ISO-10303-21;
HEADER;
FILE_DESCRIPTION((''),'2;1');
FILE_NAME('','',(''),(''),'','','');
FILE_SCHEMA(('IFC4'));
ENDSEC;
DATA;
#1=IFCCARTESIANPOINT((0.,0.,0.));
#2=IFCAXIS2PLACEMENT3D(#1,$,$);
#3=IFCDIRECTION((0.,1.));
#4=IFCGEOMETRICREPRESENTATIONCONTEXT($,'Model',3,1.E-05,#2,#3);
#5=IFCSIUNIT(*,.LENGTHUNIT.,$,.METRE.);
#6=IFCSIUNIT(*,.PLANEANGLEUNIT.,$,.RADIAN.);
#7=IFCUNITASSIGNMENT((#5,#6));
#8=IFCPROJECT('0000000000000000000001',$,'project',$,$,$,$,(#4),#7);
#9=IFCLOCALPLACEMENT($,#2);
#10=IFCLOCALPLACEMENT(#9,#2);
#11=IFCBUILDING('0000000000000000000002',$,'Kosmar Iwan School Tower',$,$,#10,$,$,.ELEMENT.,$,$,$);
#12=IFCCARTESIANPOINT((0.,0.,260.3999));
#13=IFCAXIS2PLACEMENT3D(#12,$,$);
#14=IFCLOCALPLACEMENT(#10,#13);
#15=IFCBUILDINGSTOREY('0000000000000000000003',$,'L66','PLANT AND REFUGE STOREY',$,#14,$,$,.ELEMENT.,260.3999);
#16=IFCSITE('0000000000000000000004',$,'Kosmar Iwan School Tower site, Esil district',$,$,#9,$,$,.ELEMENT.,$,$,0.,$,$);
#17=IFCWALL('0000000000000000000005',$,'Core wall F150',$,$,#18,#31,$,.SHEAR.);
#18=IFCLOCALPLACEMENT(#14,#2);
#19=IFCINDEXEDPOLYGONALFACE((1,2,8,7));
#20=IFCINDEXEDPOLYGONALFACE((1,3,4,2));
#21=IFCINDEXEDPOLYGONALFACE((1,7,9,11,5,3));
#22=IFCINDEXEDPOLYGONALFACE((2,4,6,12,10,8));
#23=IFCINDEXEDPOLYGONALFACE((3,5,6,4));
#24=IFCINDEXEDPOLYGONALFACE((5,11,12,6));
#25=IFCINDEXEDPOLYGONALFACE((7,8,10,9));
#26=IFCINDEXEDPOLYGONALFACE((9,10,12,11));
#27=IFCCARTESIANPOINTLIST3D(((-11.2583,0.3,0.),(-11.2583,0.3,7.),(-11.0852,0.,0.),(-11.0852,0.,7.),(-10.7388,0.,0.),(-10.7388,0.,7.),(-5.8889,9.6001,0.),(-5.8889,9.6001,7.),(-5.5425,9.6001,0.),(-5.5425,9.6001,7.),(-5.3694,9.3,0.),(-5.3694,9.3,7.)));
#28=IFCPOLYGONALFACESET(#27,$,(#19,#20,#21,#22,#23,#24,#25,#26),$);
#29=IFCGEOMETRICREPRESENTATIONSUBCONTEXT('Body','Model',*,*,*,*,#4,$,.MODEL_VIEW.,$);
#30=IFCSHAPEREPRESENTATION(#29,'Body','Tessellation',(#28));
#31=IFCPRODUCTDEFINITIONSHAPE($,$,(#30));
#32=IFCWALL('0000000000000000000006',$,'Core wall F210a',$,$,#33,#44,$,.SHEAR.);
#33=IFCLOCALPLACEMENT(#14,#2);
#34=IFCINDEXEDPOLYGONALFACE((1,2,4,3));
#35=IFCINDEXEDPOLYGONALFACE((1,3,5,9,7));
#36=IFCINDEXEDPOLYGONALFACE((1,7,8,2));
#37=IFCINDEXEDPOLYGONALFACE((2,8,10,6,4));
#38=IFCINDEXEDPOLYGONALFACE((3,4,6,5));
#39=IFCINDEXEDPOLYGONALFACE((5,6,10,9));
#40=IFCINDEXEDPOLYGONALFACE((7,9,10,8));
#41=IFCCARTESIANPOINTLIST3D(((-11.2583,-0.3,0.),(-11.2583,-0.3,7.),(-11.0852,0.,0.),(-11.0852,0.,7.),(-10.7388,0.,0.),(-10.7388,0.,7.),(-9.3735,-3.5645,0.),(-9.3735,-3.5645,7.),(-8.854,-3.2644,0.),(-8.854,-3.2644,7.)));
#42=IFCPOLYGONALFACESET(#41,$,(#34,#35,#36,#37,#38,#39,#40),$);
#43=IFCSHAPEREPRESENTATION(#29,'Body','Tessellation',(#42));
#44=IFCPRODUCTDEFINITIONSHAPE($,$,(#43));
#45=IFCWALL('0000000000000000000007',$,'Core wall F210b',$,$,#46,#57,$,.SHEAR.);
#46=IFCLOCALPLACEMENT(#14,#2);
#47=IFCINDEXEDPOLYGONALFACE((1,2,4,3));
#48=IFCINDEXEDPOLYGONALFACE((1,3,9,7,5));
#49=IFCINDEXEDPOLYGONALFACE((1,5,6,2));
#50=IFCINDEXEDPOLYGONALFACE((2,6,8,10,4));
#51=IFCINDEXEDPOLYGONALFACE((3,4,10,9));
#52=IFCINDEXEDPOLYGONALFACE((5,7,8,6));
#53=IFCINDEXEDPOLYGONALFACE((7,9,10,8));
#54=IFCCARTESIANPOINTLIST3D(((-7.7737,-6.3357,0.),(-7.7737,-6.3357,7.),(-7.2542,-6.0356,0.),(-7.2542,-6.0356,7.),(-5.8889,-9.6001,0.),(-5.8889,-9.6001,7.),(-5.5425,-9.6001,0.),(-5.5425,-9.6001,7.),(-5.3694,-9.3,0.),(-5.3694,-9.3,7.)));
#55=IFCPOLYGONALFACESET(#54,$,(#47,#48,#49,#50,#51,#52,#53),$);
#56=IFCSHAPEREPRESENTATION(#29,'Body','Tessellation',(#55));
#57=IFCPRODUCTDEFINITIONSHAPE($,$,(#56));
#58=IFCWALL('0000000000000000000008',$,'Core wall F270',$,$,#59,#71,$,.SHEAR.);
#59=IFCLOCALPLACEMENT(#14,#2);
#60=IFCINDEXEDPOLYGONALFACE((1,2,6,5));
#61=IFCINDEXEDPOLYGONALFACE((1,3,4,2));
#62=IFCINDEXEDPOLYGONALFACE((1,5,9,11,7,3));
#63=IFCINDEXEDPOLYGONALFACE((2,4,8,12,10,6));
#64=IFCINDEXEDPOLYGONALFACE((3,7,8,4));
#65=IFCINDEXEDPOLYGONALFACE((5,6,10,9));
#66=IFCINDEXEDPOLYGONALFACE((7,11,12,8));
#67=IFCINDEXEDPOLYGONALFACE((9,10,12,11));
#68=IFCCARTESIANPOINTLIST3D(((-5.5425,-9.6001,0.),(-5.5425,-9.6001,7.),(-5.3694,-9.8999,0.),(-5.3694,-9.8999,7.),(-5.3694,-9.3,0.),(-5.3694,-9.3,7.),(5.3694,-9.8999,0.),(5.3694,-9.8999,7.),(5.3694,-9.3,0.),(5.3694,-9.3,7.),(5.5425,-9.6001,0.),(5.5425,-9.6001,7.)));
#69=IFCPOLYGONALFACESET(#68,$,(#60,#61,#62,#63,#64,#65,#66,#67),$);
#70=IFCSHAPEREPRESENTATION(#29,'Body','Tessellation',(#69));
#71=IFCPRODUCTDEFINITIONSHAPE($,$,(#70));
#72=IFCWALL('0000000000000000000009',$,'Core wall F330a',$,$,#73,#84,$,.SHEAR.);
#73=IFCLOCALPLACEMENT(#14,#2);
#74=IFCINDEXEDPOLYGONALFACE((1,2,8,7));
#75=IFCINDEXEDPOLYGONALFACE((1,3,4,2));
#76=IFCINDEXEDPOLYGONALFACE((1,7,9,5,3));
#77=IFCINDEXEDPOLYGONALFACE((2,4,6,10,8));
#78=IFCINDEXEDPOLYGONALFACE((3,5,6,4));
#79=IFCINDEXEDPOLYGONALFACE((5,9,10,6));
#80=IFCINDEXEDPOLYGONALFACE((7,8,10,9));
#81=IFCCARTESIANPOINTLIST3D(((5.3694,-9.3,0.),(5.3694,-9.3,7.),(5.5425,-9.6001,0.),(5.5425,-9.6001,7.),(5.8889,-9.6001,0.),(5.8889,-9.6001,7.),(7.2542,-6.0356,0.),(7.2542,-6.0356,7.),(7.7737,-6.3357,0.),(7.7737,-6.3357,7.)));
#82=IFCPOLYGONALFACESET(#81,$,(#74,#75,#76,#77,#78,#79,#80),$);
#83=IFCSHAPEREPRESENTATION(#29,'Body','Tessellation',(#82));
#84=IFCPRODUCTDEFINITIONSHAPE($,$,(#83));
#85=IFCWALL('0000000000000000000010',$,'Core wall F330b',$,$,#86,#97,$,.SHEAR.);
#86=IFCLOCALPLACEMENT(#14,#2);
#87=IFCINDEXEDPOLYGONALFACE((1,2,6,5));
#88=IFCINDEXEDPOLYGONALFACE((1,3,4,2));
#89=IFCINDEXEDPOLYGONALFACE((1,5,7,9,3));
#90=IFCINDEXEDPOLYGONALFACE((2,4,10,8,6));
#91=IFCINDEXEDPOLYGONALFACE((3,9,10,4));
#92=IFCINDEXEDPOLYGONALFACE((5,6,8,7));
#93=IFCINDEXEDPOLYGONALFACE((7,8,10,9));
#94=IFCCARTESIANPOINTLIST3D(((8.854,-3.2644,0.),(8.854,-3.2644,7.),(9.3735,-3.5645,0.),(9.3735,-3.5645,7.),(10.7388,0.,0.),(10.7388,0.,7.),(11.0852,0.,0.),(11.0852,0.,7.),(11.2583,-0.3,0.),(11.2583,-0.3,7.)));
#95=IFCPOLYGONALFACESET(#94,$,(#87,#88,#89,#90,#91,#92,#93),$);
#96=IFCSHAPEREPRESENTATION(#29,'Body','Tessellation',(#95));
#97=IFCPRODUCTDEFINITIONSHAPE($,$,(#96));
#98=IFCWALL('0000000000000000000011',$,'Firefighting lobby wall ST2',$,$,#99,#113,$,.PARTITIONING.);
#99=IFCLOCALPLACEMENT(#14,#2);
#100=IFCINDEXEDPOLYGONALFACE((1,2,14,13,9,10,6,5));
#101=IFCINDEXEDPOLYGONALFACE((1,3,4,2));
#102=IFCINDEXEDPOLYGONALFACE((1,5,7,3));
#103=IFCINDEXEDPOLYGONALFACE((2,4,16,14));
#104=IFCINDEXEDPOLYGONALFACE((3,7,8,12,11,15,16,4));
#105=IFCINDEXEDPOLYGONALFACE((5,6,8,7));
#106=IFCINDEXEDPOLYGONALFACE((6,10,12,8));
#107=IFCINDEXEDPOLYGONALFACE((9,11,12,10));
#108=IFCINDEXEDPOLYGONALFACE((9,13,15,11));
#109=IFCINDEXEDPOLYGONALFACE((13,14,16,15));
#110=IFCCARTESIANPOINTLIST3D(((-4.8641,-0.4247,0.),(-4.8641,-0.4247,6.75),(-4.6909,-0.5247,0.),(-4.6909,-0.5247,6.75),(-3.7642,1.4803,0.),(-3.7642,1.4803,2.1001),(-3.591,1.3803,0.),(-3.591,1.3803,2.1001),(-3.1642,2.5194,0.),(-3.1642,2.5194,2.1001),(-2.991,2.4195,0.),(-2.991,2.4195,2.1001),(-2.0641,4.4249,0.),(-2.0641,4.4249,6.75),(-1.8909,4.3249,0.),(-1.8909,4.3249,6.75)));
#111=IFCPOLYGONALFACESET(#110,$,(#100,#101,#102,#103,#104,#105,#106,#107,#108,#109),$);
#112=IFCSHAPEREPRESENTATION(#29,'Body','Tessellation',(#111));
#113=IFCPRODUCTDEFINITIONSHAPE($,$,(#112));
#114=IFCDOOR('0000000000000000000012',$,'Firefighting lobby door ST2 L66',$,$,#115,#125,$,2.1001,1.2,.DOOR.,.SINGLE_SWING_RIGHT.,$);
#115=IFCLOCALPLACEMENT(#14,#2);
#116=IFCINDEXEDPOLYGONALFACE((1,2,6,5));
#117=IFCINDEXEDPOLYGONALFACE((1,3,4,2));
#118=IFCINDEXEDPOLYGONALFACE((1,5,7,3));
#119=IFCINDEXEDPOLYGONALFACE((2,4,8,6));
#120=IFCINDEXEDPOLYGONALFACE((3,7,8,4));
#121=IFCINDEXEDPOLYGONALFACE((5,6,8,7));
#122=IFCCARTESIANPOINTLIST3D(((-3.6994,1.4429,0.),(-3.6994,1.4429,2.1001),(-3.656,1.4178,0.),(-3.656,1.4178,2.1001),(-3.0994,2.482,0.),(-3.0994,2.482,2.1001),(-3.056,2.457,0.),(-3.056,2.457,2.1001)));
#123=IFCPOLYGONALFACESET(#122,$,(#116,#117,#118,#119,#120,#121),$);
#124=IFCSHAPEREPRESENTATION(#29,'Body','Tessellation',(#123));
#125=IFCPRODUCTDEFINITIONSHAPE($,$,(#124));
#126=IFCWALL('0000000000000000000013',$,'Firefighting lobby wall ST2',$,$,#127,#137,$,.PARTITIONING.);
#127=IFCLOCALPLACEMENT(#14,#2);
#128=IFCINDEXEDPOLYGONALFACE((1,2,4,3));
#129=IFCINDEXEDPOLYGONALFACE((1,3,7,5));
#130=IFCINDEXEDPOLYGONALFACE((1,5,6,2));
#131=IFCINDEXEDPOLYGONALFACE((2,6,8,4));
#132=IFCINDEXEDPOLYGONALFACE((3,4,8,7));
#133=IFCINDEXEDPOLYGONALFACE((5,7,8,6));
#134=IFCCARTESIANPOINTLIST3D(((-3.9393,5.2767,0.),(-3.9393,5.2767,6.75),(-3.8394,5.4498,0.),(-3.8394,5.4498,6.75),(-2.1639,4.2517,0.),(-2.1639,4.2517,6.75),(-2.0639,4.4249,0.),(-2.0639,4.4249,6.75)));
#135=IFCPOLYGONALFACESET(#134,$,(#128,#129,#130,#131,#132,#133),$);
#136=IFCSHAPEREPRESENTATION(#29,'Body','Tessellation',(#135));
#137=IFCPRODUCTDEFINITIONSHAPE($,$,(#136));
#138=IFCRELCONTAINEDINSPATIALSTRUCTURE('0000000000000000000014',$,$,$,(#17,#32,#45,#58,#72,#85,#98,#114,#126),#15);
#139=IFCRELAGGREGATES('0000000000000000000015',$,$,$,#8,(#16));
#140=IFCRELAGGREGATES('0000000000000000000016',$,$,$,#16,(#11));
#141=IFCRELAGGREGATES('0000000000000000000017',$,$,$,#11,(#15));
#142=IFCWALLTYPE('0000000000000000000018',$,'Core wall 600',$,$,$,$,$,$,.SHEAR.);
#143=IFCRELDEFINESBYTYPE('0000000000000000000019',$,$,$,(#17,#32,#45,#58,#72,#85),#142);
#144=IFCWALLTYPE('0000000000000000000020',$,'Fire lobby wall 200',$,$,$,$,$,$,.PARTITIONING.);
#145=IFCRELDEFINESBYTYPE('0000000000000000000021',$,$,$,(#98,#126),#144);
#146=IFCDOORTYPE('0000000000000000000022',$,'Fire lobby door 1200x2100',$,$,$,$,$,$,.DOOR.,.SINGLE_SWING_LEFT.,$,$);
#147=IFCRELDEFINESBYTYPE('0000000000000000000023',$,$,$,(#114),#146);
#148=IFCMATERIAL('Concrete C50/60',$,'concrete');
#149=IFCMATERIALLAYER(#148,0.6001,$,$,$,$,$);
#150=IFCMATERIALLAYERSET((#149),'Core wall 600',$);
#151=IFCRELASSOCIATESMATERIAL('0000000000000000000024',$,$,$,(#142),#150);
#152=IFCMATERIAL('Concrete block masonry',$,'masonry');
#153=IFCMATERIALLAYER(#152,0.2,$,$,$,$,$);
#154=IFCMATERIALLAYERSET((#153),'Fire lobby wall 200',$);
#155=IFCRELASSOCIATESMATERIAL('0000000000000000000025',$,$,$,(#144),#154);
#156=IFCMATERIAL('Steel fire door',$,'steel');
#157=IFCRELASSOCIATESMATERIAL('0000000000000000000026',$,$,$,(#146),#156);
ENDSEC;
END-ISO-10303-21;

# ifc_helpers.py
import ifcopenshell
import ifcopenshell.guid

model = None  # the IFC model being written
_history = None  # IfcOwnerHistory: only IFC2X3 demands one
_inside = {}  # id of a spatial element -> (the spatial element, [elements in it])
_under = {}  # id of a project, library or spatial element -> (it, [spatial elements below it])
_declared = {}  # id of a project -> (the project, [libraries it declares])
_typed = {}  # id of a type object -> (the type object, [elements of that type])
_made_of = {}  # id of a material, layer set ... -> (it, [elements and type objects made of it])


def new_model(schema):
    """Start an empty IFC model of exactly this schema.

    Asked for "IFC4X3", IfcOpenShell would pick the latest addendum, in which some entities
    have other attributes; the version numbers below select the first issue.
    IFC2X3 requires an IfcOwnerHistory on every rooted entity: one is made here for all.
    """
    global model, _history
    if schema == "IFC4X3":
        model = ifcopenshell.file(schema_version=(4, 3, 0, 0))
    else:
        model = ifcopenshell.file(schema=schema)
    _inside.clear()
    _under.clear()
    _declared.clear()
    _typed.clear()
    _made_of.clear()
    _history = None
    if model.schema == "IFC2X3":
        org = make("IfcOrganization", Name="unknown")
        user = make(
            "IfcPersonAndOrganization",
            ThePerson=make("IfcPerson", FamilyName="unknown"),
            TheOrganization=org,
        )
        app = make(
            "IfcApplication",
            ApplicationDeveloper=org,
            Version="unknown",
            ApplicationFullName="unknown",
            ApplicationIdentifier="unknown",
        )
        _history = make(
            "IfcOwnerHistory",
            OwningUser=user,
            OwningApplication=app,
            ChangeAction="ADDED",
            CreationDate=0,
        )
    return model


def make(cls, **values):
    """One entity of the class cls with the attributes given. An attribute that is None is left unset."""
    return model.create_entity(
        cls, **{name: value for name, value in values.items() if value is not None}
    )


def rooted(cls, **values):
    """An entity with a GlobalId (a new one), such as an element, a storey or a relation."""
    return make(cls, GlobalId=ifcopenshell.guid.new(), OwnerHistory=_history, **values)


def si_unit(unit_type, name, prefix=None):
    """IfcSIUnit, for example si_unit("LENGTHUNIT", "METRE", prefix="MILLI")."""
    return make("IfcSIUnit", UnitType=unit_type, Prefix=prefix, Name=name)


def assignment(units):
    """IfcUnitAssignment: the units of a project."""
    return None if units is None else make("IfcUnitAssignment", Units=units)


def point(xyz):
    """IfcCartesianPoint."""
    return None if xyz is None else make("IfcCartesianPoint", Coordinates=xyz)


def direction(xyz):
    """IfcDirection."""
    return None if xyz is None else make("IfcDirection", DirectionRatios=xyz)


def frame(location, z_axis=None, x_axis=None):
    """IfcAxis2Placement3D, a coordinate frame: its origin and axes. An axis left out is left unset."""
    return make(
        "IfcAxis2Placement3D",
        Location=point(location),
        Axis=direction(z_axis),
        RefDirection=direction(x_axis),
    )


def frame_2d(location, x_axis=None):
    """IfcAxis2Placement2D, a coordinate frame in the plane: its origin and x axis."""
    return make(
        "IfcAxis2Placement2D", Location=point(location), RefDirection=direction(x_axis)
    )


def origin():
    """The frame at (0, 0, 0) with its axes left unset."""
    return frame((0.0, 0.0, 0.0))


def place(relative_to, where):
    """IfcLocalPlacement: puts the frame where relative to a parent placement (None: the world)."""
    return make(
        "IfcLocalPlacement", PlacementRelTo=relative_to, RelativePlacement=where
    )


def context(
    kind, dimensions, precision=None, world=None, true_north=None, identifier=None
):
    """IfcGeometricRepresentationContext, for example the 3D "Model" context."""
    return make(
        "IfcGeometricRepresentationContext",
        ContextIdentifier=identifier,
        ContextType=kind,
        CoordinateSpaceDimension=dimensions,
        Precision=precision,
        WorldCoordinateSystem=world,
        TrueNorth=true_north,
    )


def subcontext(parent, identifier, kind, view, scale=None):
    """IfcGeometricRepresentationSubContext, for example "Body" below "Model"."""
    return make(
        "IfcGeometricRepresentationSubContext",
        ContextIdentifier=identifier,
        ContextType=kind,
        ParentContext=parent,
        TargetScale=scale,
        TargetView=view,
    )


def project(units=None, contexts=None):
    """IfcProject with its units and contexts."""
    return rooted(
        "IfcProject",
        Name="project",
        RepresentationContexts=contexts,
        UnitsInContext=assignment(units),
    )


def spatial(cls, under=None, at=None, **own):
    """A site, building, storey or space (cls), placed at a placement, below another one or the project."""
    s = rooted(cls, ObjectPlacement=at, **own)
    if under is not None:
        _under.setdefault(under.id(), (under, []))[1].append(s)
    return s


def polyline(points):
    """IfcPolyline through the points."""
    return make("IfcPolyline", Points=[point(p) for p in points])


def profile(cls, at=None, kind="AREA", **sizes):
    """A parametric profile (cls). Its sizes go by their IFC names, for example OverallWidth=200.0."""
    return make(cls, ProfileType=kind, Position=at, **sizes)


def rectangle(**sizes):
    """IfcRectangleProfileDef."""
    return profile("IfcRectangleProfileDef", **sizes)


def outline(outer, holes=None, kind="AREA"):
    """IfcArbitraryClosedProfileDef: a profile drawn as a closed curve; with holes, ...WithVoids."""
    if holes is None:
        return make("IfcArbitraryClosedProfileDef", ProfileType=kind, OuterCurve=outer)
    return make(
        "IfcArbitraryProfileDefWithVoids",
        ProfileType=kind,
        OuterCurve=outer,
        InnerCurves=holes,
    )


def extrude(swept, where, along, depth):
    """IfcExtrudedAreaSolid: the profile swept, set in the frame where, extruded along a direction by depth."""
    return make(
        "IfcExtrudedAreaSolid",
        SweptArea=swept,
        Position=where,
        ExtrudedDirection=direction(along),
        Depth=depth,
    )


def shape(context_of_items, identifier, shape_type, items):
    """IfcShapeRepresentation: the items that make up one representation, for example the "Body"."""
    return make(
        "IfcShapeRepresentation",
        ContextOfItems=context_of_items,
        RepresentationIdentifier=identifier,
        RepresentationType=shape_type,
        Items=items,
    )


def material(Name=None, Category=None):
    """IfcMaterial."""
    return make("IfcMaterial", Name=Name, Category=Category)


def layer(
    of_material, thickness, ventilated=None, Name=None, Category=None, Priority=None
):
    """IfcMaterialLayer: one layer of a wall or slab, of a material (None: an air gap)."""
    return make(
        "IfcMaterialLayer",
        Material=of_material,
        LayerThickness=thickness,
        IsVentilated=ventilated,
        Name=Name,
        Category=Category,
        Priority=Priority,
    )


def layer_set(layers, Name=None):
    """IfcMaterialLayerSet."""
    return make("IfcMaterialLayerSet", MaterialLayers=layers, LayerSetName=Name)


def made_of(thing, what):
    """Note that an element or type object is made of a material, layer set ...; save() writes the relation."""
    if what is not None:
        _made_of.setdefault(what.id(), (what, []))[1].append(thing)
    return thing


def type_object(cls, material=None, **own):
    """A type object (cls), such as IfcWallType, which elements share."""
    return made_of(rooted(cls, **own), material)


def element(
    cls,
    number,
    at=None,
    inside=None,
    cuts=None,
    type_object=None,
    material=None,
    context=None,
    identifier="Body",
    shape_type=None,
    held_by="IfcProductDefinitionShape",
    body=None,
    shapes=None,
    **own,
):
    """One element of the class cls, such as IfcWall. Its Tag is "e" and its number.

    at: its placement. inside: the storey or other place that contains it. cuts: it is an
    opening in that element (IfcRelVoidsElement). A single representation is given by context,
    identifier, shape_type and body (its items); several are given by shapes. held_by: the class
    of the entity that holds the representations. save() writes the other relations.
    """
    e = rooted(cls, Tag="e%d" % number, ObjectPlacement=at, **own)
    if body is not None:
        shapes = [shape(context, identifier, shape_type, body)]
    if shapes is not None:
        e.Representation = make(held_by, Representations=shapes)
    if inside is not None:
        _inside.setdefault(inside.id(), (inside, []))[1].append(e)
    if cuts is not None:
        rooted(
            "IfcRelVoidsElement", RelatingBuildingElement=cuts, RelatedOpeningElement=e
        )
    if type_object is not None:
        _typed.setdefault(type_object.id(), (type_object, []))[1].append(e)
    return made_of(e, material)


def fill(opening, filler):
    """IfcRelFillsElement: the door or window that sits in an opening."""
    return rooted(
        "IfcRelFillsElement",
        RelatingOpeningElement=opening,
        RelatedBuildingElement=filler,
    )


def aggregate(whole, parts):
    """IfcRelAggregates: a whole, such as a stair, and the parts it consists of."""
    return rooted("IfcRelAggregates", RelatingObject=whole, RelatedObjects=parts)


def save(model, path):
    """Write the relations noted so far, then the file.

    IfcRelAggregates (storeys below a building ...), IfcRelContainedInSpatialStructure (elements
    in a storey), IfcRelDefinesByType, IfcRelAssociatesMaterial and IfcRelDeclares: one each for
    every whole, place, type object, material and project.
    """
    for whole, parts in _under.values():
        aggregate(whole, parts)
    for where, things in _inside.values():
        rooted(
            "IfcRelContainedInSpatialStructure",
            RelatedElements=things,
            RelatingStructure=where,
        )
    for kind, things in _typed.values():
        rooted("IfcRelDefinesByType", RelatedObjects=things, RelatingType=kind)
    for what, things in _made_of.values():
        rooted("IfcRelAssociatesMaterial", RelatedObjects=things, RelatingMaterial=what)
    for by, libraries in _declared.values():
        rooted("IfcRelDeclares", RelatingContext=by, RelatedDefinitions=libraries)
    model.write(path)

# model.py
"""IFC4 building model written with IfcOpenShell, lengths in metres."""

from ifc_helpers import new_model, si_unit, direction, frame, frame_2d, origin, place, context, subcontext, project, spatial, polyline, rectangle, outline, extrude, material, layer, layer_set, type_object, element, fill, save


model = new_model("IFC4")

# Units and contexts
model_context = context("Model", 3, precision=1e-05, world=origin(), true_north=direction((0.0, 1.0)))
body_context = subcontext(model_context, "Body", "Model", "MODEL_VIEW")
ifc_project = project(units=[si_unit("LENGTHUNIT", "METRE"), si_unit("PLANEANGLEUNIT", "RADIAN")], contexts=[model_context])

# Site, building, storey
site_placement = place(None, origin())
site = spatial("IfcSite", under=ifc_project, at=site_placement, Name="Kosmar Iwan School Tower site, Esil district", CompositionType="ELEMENT", RefElevation=0.0)
building_placement = place(site_placement, origin())
building = spatial("IfcBuilding", under=site, at=building_placement, Name="Kosmar Iwan School Tower", CompositionType="ELEMENT")
storey_placement = place(building_placement, frame((0.0, 0.0, 260.3999)))
storey = spatial("IfcBuildingStorey", under=building, at=storey_placement, Name="L66", Description="PLANT AND REFUGE STOREY", CompositionType="ELEMENT", Elevation=260.3999)

# Walls
ifc_material_1 = material(Name="Concrete C50/60", Category="concrete")
ifc_layer_1 = layer(ifc_material_1, 0.6001)
ifc_layer_set_1 = layer_set([ifc_layer_1], Name="Core wall 600")
wall_type_1 = type_object("IfcWallType", Name="Core wall 600", PredefinedType="SHEAR", material=ifc_layer_set_1)
wall_1_placement = place(storey_placement, origin())
element("IfcWall", 1, at=wall_1_placement, inside=storey, type_object=wall_type_1, Name="Core wall F150", PredefinedType="SHEAR", context=body_context, shape_type="SweptSolid", body=[
    extrude(outline(polyline([(-11.0852, 0.0), (-10.7388, 0.0), (-5.3694, 9.3), (-5.5425, 9.6001), (-5.8889, 9.6001), (-11.2583, 0.3), (-11.0852, 0.0)])), origin(), (0.0, 0.0, 1.0), 7.0),
])
wall_2_placement = place(storey_placement, origin())
element("IfcWall", 2, at=wall_2_placement, inside=storey, type_object=wall_type_1, Name="Core wall F210a", PredefinedType="SHEAR", context=body_context, shape_type="SweptSolid", body=[
    extrude(outline(polyline([(-9.3735, -3.5645), (-8.854, -3.2644), (-10.7388, 0.0), (-11.0852, 0.0), (-11.2583, -0.3), (-9.3735, -3.5645)])), origin(), (0.0, 0.0, 1.0), 7.0),
])
wall_3_placement = place(storey_placement, origin())
element("IfcWall", 3, at=wall_3_placement, inside=storey, type_object=wall_type_1, Name="Core wall F210b", PredefinedType="SHEAR", context=body_context, shape_type="SweptSolid", body=[
    extrude(outline(polyline([(-5.8889, -9.6001), (-5.5425, -9.6001), (-5.3694, -9.3), (-7.2542, -6.0356), (-7.7737, -6.3357), (-5.8889, -9.6001)])), origin(), (0.0, 0.0, 1.0), 7.0),
])
wall_4_placement = place(storey_placement, origin())
element("IfcWall", 4, at=wall_4_placement, inside=storey, type_object=wall_type_1, Name="Core wall F270", PredefinedType="SHEAR", context=body_context, shape_type="SweptSolid", body=[
    extrude(outline(polyline([(-5.3694, -9.8999), (5.3694, -9.8999), (5.5425, -9.6001), (5.3694, -9.3), (-5.3694, -9.3), (-5.5425, -9.6001), (-5.3694, -9.8999)])), origin(), (0.0, 0.0, 1.0), 7.0),
])
wall_5_placement = place(storey_placement, origin())
element("IfcWall", 5, at=wall_5_placement, inside=storey, type_object=wall_type_1, Name="Core wall F330a", PredefinedType="SHEAR", context=body_context, shape_type="SweptSolid", body=[
    extrude(outline(polyline([(5.5425, -9.6001), (5.8889, -9.6001), (7.7737, -6.3357), (7.2542, -6.0356), (5.3694, -9.3), (5.5425, -9.6001)])), origin(), (0.0, 0.0, 1.0), 7.0),
])
wall_6_placement = place(storey_placement, origin())
element("IfcWall", 6, at=wall_6_placement, inside=storey, type_object=wall_type_1, Name="Core wall F330b", PredefinedType="SHEAR", context=body_context, shape_type="SweptSolid", body=[
    extrude(outline(polyline([(9.3735, -3.5645), (11.2583, -0.3), (11.0852, 0.0), (10.7388, 0.0), (8.854, -3.2644), (9.3735, -3.5645)])), origin(), (0.0, 0.0, 1.0), 7.0),
])

# Wall, opening, door
ifc_material_2 = material(Name="Concrete block masonry", Category="masonry")
ifc_layer_2 = layer(ifc_material_2, 0.2)
ifc_layer_set_2 = layer_set([ifc_layer_2], Name="Fire lobby wall 200")
wall_type_2 = type_object("IfcWallType", Name="Fire lobby wall 200", PredefinedType="PARTITIONING", material=ifc_layer_set_2)
wall_7_placement = place(storey_placement, frame((-1.9775, 4.3748, 0.0), z_axis=(0.0, 0.0, 1.0), x_axis=(-0.500017, -0.866016, 0.0)))
wall_7 = element("IfcWall", 7, at=wall_7_placement, inside=storey, type_object=wall_type_2, Name="Firefighting lobby wall ST2", PredefinedType="PARTITIONING", context=body_context, shape_type="SweptSolid", body=[
    extrude(rectangle(XDim=5.5999, YDim=0.2, at=frame_2d((2.7998, 0.0))), origin(), (0.0, 0.0, 1.0), 6.75),
])
opening_1_placement = place(wall_7_placement, frame((2.2, 0.0, 0.0)))
opening_1 = element("IfcOpeningElement", 8, at=opening_1_placement, cuts=wall_7, PredefinedType="OPENING", context=body_context, shape_type="SweptSolid", body=[
    extrude(rectangle(XDim=1.2, YDim=2.1001, at=frame_2d((0.6001, 1.05))), frame((0.0, 0.1121, 0.0), z_axis=(0.0, -1.0, 0.0), x_axis=(1.0, 0.0, 0.0)), (0.0, 0.0, 1.0), 0.2239),
])
ifc_material_3 = material(Name="Steel fire door", Category="steel")
door_type_1 = type_object("IfcDoorType", Name="Fire lobby door 1200x2100", OperationType="SINGLE_SWING_LEFT", PredefinedType="DOOR", material=ifc_material_3)
door_1_placement = place(opening_1_placement, origin())
door_1 = element("IfcDoor", 9, at=door_1_placement, inside=storey, type_object=door_type_1, Name="Firefighting lobby door ST2 L66", OperationType="SINGLE_SWING_RIGHT", OverallHeight=2.1001, OverallWidth=1.2, PredefinedType="DOOR", context=body_context, shape_type="SweptSolid", body=[
    extrude(rectangle(XDim=1.2, YDim=2.1001, at=frame_2d((0.6001, 1.05))), frame((0.0, 0.0249, 0.0), z_axis=(0.0, -1.0, 0.0), x_axis=(1.0, 0.0, 0.0)), (0.0, 0.0, 1.0), 0.05),
])
fill(opening_1, door_1)

# Wall
wall_8_placement = place(storey_placement, frame((-2.114, 4.3384, 0.0), z_axis=(0.0, 0.0, 1.0), x_axis=(-0.866051, 0.499956, 0.0)))
element("IfcWall", 10, at=wall_8_placement, inside=storey, type_object=wall_type_2, Name="Firefighting lobby wall ST2", PredefinedType="PARTITIONING", context=body_context, shape_type="SweptSolid", body=[
    extrude(rectangle(XDim=2.05, YDim=0.2, at=frame_2d((1.0249, 0.0))), origin(), (0.0, 0.0, 1.0), 6.75),
])

save(model, "model.ifc")
